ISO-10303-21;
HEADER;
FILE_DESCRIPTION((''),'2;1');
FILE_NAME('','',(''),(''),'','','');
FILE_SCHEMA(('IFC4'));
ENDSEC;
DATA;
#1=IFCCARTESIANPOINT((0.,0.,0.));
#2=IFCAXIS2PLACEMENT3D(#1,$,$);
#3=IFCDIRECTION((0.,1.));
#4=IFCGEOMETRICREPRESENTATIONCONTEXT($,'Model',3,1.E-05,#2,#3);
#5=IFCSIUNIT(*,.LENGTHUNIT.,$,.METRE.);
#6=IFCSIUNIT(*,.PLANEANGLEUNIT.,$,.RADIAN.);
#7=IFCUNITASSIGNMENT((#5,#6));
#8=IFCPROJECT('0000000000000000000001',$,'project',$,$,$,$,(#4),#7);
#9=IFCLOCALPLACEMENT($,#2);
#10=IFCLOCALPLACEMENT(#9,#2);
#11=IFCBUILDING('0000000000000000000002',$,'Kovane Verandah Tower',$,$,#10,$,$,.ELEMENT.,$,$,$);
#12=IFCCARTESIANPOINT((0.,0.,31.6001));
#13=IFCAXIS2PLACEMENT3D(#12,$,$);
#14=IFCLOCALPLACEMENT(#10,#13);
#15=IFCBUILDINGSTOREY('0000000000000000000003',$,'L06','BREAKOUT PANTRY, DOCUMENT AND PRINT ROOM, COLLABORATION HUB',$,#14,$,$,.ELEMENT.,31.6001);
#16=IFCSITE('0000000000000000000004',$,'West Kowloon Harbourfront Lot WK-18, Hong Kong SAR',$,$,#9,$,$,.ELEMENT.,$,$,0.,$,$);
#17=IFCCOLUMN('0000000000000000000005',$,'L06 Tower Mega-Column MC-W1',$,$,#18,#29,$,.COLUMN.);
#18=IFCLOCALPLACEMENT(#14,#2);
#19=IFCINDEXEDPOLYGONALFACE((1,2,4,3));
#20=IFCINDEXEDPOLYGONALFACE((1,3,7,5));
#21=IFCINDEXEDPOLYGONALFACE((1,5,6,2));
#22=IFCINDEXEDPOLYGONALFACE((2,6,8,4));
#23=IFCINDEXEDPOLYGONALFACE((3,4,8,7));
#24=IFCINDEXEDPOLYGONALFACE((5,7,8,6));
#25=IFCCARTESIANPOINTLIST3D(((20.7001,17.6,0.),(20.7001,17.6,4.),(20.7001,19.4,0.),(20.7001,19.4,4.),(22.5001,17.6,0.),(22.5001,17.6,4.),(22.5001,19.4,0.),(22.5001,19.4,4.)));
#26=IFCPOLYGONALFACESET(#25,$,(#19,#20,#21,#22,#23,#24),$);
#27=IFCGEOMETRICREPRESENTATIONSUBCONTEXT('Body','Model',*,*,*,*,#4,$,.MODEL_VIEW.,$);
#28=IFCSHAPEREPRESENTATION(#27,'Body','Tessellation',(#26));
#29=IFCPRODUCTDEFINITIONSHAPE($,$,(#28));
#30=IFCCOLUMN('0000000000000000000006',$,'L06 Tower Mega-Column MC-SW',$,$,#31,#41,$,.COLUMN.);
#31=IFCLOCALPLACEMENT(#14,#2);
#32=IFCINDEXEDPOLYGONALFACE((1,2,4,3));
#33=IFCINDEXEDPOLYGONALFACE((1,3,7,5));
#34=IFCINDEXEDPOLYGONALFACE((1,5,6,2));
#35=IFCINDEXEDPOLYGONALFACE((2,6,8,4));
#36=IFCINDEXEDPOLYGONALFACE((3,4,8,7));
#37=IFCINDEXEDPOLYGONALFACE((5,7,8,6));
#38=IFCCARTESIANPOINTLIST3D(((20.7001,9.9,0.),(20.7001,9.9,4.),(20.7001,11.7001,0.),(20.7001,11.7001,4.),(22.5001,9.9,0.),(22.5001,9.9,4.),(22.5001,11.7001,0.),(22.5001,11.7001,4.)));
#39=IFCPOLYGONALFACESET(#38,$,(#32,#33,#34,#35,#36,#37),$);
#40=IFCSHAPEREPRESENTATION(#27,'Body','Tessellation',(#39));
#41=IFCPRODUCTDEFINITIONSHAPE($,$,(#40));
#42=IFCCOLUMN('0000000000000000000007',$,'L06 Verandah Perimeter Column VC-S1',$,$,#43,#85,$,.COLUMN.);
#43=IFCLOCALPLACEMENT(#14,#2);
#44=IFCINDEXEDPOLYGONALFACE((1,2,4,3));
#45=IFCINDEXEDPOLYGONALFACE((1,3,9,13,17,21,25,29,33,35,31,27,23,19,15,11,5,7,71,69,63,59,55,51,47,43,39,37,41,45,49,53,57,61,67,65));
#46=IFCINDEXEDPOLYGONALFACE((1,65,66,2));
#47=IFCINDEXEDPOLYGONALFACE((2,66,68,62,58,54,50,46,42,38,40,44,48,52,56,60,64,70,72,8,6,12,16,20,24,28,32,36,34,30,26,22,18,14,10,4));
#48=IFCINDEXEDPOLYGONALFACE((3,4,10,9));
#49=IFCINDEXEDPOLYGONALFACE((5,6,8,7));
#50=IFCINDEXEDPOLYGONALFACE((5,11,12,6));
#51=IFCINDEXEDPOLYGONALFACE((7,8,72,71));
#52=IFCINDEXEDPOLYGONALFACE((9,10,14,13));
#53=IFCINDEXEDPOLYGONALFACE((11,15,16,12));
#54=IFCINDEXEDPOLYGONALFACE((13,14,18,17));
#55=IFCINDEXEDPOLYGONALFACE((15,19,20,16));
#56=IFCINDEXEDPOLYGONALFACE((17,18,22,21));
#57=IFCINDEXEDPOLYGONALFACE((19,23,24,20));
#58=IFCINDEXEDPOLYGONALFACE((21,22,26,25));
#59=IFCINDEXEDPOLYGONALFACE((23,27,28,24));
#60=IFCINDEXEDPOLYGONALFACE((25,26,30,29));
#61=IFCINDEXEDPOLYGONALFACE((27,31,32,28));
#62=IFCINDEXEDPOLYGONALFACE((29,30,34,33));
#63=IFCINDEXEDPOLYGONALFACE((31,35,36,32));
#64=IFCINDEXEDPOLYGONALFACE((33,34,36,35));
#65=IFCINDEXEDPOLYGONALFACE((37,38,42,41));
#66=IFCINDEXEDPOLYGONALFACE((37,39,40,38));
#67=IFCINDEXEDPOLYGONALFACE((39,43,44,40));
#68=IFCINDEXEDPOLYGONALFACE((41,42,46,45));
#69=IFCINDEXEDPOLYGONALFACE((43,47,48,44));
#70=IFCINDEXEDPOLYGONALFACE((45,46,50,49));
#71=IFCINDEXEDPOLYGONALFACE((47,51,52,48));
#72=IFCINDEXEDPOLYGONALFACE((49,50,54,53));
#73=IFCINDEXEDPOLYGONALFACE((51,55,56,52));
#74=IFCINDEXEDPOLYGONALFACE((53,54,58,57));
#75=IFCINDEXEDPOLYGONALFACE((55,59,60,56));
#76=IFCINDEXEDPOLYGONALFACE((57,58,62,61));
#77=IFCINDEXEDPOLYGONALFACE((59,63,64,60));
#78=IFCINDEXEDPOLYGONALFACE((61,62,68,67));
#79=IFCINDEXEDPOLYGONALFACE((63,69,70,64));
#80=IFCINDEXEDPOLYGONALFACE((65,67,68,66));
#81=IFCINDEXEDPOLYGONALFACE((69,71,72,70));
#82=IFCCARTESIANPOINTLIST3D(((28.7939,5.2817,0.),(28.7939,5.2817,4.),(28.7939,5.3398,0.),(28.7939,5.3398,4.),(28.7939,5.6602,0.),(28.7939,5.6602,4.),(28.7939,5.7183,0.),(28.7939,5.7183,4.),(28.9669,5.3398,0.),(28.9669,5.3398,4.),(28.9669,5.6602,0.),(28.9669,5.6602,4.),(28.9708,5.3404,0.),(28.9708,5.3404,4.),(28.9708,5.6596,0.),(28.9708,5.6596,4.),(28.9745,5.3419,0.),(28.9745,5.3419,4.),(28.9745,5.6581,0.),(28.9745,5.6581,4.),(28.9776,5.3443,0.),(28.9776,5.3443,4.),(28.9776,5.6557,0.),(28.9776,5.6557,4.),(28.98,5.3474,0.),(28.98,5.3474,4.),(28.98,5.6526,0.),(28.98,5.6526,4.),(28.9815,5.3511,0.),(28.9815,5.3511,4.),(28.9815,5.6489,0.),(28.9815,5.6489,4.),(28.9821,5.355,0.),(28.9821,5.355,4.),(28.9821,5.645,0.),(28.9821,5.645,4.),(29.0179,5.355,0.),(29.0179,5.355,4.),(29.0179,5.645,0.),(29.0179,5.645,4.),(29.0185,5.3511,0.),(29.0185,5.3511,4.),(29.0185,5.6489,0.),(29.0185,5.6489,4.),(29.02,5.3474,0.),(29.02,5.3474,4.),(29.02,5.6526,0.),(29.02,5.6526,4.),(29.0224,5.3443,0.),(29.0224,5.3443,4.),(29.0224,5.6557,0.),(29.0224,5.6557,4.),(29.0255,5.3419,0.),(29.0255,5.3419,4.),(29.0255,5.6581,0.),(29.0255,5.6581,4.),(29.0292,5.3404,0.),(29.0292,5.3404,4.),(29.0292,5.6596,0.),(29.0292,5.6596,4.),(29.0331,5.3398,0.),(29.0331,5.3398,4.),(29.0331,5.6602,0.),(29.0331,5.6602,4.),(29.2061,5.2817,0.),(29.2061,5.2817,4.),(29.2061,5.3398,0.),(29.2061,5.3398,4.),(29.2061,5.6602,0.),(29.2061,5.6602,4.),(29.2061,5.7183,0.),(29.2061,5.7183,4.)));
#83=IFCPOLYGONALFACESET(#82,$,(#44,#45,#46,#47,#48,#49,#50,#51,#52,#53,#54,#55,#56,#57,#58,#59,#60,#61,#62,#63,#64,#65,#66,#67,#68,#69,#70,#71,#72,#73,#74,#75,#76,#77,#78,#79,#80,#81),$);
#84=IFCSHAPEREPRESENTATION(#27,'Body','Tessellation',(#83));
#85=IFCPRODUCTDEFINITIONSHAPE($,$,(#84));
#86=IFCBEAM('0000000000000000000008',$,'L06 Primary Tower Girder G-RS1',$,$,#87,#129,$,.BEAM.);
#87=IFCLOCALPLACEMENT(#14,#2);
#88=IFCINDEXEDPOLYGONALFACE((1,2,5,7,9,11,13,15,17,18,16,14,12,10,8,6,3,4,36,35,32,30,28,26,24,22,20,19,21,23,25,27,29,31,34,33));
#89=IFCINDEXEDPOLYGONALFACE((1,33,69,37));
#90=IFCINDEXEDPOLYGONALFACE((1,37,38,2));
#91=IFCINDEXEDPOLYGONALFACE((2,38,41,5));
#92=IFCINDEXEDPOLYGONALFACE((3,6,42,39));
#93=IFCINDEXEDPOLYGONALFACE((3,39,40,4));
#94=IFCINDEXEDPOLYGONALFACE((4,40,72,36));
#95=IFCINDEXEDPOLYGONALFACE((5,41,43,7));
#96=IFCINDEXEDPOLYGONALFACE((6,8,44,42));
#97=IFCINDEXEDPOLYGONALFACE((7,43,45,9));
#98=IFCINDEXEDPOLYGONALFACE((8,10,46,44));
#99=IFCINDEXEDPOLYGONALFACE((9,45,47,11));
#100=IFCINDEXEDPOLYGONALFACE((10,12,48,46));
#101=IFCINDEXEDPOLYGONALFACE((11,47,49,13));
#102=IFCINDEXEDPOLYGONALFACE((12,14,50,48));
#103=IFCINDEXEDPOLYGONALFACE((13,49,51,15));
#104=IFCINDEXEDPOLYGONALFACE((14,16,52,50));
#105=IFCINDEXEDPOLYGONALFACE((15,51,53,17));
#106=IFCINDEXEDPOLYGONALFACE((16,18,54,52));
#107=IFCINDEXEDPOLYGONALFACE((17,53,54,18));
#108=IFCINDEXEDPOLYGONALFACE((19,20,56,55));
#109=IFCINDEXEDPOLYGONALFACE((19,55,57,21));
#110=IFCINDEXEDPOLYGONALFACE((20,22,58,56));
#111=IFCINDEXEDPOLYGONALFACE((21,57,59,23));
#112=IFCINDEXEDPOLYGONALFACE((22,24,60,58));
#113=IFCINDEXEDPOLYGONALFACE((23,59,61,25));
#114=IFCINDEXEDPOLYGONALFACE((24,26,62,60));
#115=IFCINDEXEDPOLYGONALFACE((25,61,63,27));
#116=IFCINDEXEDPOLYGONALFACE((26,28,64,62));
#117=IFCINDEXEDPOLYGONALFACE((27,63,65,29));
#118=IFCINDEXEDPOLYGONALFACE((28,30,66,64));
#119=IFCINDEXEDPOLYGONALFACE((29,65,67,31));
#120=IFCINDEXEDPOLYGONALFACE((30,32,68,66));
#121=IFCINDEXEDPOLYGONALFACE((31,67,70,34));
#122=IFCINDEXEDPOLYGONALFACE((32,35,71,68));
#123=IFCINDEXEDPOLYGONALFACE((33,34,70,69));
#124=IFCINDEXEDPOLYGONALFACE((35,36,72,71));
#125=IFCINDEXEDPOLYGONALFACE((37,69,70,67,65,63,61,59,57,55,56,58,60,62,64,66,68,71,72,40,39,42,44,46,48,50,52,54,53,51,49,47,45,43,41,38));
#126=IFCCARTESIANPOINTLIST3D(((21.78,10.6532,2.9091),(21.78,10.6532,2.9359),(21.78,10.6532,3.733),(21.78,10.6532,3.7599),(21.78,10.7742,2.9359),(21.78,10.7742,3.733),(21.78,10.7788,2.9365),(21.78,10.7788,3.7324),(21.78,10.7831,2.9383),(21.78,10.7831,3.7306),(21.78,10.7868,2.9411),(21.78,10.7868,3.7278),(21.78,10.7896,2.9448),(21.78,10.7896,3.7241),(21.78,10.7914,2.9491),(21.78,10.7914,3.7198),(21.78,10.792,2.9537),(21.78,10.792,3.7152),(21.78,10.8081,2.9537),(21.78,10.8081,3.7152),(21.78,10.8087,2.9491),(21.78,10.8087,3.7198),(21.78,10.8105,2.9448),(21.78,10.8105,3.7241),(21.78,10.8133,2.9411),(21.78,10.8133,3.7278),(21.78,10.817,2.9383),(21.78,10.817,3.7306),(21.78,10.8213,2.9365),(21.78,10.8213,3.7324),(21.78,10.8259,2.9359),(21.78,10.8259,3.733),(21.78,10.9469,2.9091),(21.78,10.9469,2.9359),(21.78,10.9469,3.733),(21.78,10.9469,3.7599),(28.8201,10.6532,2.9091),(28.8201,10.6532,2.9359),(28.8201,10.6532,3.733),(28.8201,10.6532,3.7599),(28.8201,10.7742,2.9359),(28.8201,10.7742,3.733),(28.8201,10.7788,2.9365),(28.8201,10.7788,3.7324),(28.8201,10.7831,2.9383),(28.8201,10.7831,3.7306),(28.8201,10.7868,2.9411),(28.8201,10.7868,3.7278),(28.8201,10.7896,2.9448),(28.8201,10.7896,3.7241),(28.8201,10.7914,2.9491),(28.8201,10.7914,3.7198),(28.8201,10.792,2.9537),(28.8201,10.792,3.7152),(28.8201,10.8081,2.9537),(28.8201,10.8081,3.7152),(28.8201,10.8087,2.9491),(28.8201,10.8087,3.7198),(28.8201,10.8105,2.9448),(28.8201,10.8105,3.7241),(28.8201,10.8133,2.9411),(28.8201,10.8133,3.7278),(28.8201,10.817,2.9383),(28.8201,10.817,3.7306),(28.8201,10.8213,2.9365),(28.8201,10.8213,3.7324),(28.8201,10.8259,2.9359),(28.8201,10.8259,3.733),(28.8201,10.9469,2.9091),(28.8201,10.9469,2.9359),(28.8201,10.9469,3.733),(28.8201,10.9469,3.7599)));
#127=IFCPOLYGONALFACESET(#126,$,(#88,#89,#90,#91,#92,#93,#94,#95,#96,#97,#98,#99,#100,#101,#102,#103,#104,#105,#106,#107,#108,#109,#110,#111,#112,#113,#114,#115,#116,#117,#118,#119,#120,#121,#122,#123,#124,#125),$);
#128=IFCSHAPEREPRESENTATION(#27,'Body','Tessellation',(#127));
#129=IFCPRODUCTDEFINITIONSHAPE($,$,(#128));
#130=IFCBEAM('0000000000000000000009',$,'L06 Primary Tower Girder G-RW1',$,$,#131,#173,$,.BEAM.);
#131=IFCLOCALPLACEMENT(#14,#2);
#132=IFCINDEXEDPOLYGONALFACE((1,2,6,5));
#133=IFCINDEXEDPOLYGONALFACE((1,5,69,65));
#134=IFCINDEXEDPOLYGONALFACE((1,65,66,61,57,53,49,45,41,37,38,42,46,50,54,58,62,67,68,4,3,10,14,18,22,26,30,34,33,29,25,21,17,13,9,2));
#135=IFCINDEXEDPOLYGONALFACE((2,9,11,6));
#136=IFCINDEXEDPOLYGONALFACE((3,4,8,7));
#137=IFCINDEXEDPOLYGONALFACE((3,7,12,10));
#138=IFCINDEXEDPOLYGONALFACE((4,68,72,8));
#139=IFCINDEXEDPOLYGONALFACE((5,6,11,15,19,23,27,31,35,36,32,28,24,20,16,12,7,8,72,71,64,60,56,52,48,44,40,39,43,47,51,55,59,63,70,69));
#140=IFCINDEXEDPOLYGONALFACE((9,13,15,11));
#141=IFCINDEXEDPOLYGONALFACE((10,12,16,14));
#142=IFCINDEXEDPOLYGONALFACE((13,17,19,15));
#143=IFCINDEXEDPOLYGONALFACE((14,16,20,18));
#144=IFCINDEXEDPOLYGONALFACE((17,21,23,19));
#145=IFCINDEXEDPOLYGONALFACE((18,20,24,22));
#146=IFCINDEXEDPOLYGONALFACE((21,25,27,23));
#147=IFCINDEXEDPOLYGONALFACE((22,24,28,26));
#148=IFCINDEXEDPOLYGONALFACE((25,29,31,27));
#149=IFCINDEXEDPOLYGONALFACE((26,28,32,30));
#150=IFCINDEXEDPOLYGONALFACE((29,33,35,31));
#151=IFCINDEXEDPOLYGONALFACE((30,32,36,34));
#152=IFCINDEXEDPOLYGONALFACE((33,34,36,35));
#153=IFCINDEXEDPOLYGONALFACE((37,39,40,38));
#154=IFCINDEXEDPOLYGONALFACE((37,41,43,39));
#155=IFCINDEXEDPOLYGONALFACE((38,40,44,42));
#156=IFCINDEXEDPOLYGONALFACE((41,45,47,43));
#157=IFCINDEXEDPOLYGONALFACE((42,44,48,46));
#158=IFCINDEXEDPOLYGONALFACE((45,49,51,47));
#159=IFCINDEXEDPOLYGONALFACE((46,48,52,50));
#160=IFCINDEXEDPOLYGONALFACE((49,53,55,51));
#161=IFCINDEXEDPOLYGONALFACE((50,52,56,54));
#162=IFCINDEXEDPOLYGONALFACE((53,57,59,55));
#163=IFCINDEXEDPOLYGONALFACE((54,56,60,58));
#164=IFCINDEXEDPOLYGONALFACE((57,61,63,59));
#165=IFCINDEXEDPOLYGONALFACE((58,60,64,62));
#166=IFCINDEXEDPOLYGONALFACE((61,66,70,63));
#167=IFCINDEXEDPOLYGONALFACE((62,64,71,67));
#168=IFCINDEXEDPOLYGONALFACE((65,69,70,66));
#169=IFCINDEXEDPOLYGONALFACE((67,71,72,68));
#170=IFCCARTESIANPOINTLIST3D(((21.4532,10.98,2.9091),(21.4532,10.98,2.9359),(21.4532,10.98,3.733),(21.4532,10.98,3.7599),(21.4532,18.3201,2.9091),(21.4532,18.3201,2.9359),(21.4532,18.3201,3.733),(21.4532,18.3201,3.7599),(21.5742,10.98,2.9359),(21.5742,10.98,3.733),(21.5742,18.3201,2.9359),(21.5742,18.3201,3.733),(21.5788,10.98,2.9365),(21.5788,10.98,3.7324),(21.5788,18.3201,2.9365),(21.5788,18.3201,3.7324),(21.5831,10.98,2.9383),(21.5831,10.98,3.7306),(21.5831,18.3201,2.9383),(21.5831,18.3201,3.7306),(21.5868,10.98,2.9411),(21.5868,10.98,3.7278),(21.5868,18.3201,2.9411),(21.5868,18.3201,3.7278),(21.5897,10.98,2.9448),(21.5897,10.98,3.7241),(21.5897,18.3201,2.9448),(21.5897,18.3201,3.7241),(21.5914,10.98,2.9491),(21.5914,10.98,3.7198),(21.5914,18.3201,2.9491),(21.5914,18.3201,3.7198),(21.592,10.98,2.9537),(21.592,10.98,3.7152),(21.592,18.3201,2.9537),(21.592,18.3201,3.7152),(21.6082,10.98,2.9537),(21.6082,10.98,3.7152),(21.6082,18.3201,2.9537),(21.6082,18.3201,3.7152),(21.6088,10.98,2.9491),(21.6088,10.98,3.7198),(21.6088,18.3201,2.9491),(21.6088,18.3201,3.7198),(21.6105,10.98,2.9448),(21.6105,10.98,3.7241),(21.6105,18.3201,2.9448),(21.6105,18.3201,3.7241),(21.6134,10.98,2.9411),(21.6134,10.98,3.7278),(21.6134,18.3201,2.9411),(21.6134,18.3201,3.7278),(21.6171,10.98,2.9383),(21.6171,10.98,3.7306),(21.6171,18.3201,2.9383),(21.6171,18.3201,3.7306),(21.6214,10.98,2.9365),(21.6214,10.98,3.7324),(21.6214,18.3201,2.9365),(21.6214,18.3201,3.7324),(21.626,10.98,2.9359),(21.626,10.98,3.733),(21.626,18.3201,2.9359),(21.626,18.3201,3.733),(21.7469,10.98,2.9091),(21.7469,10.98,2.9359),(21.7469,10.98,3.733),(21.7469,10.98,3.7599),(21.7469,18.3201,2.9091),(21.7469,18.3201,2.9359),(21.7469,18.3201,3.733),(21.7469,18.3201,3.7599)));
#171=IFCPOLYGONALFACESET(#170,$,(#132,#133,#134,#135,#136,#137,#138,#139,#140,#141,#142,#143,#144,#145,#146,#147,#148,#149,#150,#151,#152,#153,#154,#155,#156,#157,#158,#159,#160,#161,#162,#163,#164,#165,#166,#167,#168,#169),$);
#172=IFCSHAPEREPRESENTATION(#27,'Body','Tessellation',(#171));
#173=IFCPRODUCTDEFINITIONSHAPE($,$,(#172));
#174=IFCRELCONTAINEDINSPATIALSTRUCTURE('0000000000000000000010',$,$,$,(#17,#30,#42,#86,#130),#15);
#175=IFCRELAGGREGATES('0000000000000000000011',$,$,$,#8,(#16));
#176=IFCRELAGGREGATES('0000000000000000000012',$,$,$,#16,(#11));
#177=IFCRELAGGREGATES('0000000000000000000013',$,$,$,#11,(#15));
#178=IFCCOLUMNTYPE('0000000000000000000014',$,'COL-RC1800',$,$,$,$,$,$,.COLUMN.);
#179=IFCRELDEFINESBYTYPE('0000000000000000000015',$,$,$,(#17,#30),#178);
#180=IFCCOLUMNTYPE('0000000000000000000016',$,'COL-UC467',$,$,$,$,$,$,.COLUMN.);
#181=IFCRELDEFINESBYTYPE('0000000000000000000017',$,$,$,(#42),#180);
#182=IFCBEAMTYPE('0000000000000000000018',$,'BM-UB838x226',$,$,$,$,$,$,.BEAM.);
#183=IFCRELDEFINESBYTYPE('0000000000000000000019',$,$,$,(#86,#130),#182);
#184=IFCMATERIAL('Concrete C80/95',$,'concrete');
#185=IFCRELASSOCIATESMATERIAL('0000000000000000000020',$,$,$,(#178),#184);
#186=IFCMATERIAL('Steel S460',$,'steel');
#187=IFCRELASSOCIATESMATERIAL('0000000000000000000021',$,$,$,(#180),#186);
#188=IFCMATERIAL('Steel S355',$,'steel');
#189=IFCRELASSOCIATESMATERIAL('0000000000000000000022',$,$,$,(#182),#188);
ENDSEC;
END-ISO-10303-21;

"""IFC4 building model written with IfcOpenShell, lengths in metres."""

from ifc_helpers import new_model, si_unit, direction, frame, origin, origin_2d, place, context, subcontext, project, spatial, rectangle, i_section, extrude, material, material_profile, profile_set, type_object, element, save


model = new_model("IFC4")

# Units and contexts
model_context = context("Model", 3, precision=1e-05, world=origin(), true_north=direction((0.0, 1.0)))
body_context = subcontext(model_context, "Body", "Model", "MODEL_VIEW")
ifc_project = project(units=[si_unit("LENGTHUNIT", "METRE"), si_unit("PLANEANGLEUNIT", "RADIAN")], contexts=[model_context])

# Site, building, storey
site_placement = place(None, origin())
site = spatial("IfcSite", under=ifc_project, at=site_placement, Name="West Kowloon Harbourfront Lot WK-18, Hong Kong SAR", CompositionType="ELEMENT", RefElevation=0.0)
building_placement = place(site_placement, origin())
building = spatial("IfcBuilding", under=site, at=building_placement, Name="Kovane Verandah Tower", CompositionType="ELEMENT")
storey_placement = place(building_placement, frame((0.0, 0.0, 31.6001)))
storey = spatial("IfcBuildingStorey", under=building, at=storey_placement, Name="L06", Description="BREAKOUT PANTRY, DOCUMENT AND PRINT ROOM, COLLABORATION HUB", CompositionType="ELEMENT", Elevation=31.6001)

# Columns
ifc_material_1 = material(Name="Concrete C80/95", Category="concrete")
ifc_material_profile_1 = material_profile(ifc_material_1, rectangle(XDim=1.8, YDim=1.8, at=origin_2d()), Name="RC1800x1800")
ifc_profile_set_1 = profile_set([ifc_material_profile_1], Name="Concrete C80/95")
column_type_1 = type_object("IfcColumnType", Name="COL-RC1800", PredefinedType="COLUMN", material=ifc_profile_set_1)
for number, where, z_axis, x_axis, name in (
    (1, (21.6001, 18.5, 0.0), (0.0, 0.0, 1.0), (1.0, 0.0, 0.0), "L06 Tower Mega-Column MC-W1"),
    (2, (21.6001, 10.8, 0.0), (0.0, 0.0, 1.0), (1.0, 0.0, 0.0), "L06 Tower Mega-Column MC-SW"),
):
    element("IfcColumn", number, at=place(storey_placement, frame(where, z_axis=z_axis, x_axis=x_axis)), inside=storey, type_object=column_type_1, Name=name, PredefinedType="COLUMN", context=body_context, shape_type="SweptSolid", body=[
        extrude(rectangle(XDim=1.8, YDim=1.8, at=origin_2d()), origin(), (0.0, 0.0, 1.0), 4.0),
    ])
ifc_material_2 = material(Name="Steel S460", Category="steel")
ifc_material_profile_2 = material_profile(ifc_material_2, i_section(OverallWidth=0.4121, OverallDepth=0.4365, WebThickness=0.0359, FlangeThickness=0.0581, FilletRadius=0.0151, at=origin_2d()), Name="UC356x406x467")
ifc_profile_set_2 = profile_set([ifc_material_profile_2], Name="Steel S460")
column_type_2 = type_object("IfcColumnType", Name="COL-UC467", PredefinedType="COLUMN", material=ifc_profile_set_2)
column_placement = place(storey_placement, frame((29.0, 5.5, 0.0), z_axis=(0.0, 0.0, 1.0), x_axis=(1.0, 0.0, 0.0)))
element("IfcColumn", 3, at=column_placement, inside=storey, type_object=column_type_2, Name="L06 Verandah Perimeter Column VC-S1", PredefinedType="COLUMN", context=body_context, shape_type="SweptSolid", body=[
    extrude(i_section(OverallWidth=0.4121, OverallDepth=0.4365, WebThickness=0.0359, FlangeThickness=0.0581, FilletRadius=0.0151, at=origin_2d()), origin(), (0.0, 0.0, 1.0), 4.0),
])

# Beams
ifc_material_3 = material(Name="Steel S355", Category="steel")
ifc_material_profile_3 = material_profile(ifc_material_3, i_section(OverallWidth=0.2937, OverallDepth=0.8508, WebThickness=0.0161, FlangeThickness=0.0269, FilletRadius=0.0178, at=origin_2d()), Name="UB838x292x226")
ifc_profile_set_3 = profile_set([ifc_material_profile_3], Name="Steel S355")
beam_type_1 = type_object("IfcBeamType", Name="BM-UB838x226", PredefinedType="BEAM", material=ifc_profile_set_3)
beam_1_placement = place(storey_placement, frame((21.78, 10.8, 3.3345), z_axis=(1.0, 0.0, 0.0), x_axis=(0.0, 1.0, 0.0)))
element("IfcBeam", 4, at=beam_1_placement, inside=storey, type_object=beam_type_1, Name="L06 Primary Tower Girder G-RS1", PredefinedType="BEAM", context=body_context, shape_type="SweptSolid", body=[
    extrude(i_section(OverallWidth=0.2937, OverallDepth=0.8508, WebThickness=0.0161, FlangeThickness=0.0269, FilletRadius=0.0178, at=origin_2d()), origin(), (0.0, 0.0, 1.0), 7.04),
])
beam_2_placement = place(storey_placement, frame((21.6001, 10.98, 3.3345), z_axis=(0.0, 1.0, 0.0), x_axis=(-1.0, 0.0, 0.0)))
element("IfcBeam", 5, at=beam_2_placement, inside=storey, type_object=beam_type_1, Name="L06 Primary Tower Girder G-RW1", PredefinedType="BEAM", context=body_context, shape_type="SweptSolid", body=[
    extrude(i_section(OverallWidth=0.2937, OverallDepth=0.8508, WebThickness=0.0161, FlangeThickness=0.0269, FilletRadius=0.0178, at=origin_2d()), origin(), (0.0, 0.0, 1.0), 7.3401),
])

save(model, "model.ifc")
